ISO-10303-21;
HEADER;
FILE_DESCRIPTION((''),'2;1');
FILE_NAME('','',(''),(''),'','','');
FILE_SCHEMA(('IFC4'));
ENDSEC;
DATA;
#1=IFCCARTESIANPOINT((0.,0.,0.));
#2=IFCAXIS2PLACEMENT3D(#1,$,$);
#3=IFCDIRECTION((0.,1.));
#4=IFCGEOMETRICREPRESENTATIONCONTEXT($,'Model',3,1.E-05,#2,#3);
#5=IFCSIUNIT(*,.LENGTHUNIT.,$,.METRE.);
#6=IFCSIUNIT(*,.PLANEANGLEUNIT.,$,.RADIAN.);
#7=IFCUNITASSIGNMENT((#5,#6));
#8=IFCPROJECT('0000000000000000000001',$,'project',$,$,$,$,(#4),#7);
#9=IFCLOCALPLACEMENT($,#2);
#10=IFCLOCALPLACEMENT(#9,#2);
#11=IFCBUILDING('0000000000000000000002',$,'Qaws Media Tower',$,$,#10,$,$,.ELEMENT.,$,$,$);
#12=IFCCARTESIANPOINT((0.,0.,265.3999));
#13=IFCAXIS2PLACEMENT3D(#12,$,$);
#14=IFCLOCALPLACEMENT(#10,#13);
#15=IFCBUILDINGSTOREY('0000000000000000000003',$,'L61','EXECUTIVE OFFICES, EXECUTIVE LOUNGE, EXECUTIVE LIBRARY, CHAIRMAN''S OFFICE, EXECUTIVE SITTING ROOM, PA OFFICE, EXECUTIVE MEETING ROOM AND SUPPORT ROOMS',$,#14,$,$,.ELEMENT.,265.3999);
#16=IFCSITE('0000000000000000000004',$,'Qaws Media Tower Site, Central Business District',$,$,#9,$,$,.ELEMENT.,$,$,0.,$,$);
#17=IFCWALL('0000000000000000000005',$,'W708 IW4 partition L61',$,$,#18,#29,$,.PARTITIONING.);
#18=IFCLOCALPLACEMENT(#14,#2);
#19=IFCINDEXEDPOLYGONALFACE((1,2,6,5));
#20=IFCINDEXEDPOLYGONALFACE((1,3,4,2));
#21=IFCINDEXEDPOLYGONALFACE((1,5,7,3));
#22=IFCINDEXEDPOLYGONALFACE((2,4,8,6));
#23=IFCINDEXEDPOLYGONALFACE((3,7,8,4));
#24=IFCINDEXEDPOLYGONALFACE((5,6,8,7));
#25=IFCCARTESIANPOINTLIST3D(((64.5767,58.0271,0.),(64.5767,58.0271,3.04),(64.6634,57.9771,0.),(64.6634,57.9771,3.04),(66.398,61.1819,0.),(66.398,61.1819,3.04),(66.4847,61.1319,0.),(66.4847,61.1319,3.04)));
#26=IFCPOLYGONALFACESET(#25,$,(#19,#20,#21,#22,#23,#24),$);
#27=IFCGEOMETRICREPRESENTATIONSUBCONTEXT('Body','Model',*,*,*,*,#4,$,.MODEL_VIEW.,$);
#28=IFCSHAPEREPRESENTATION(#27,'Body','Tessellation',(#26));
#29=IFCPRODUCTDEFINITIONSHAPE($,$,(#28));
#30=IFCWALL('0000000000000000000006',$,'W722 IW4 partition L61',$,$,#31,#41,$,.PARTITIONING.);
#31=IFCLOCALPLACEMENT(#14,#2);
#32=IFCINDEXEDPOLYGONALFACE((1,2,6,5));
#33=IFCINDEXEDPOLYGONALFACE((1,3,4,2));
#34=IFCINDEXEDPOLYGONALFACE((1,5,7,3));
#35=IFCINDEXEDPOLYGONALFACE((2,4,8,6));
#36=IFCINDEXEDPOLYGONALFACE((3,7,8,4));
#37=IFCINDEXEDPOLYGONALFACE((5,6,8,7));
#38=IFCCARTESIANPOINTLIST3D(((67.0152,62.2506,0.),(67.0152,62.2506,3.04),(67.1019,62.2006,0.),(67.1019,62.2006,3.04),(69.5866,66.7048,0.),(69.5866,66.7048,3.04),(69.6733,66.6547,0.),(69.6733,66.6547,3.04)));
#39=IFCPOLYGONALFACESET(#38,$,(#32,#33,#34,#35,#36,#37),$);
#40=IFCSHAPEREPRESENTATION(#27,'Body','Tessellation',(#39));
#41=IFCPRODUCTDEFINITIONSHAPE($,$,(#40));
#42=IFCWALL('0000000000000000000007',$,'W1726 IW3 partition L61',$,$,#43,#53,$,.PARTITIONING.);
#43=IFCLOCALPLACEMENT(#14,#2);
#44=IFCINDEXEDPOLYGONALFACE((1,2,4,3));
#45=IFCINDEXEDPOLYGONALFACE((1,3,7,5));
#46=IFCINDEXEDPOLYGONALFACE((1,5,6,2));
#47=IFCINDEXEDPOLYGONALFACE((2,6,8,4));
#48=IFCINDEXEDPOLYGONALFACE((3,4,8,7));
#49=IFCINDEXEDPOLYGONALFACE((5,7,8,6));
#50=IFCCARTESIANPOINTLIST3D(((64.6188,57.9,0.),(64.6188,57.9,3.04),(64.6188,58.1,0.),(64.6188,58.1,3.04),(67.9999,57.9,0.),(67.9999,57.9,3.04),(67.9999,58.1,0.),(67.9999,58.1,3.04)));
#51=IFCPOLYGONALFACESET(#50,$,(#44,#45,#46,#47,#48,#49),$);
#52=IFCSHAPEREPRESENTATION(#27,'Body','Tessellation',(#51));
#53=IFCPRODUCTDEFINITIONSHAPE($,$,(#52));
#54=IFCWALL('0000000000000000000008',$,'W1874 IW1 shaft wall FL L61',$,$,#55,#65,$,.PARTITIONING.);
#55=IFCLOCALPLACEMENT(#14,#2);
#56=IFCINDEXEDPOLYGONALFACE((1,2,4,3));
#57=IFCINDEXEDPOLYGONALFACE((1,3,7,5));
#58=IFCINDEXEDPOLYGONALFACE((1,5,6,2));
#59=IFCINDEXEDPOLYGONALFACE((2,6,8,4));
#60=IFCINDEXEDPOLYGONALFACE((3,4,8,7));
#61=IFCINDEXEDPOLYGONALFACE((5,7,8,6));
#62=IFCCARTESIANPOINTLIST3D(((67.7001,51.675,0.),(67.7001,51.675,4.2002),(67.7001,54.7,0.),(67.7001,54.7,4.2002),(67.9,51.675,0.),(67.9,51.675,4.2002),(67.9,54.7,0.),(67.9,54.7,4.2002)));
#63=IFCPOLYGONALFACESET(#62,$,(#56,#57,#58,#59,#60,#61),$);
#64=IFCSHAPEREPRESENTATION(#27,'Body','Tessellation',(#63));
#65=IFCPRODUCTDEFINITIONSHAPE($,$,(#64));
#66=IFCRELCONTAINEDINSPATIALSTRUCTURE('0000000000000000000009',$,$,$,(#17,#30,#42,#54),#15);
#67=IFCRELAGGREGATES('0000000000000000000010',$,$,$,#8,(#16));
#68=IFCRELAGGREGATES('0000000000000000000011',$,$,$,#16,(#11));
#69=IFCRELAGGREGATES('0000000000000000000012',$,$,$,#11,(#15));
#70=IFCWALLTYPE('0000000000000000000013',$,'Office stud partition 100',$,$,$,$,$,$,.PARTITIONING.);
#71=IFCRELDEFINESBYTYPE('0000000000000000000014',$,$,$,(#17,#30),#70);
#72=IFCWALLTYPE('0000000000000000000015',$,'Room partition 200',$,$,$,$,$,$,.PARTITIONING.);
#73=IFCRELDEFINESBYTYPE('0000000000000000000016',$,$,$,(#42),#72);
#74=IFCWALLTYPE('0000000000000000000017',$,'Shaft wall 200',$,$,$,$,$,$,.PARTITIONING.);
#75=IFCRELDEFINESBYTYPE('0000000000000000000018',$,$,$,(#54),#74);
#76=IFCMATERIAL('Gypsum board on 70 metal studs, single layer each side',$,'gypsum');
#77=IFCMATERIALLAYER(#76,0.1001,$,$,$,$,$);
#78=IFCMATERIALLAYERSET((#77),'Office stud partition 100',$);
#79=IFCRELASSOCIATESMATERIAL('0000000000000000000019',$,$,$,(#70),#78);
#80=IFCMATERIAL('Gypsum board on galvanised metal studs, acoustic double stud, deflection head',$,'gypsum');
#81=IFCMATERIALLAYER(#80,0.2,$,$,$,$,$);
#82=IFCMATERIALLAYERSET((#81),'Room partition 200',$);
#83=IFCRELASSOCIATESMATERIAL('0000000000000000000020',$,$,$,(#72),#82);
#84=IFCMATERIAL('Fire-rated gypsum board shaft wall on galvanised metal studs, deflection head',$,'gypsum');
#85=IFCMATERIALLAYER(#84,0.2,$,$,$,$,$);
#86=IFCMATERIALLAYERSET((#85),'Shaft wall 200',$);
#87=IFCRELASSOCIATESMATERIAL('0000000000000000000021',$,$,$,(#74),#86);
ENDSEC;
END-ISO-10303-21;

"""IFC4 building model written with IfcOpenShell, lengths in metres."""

from ifc_helpers import new_model, si_unit, direction, frame, frame_2d, origin, place, context, subcontext, project, spatial, rectangle, extrude, material, layer, layer_set, type_object, element, save


model = new_model("IFC4")

# Units and contexts
model_context = context("Model", 3, precision=1e-05, world=origin(), true_north=direction((0.0, 1.0)))
body_context = subcontext(model_context, "Body", "Model", "MODEL_VIEW")
ifc_project = project(units=[si_unit("LENGTHUNIT", "METRE"), si_unit("PLANEANGLEUNIT", "RADIAN")], contexts=[model_context])

# Site, building, storey
site_placement = place(None, origin())
site = spatial("IfcSite", under=ifc_project, at=site_placement, Name="Qaws Media Tower Site, Central Business District", CompositionType="ELEMENT", RefElevation=0.0)
building_placement = place(site_placement, origin())
building = spatial("IfcBuilding", under=site, at=building_placement, Name="Qaws Media Tower", CompositionType="ELEMENT")
storey_placement = place(building_placement, frame((0.0, 0.0, 265.3999)))
storey = spatial("IfcBuildingStorey", under=building, at=storey_placement, Name="L61", Description="EXECUTIVE OFFICES, EXECUTIVE LOUNGE, EXECUTIVE LIBRARY, CHAIRMAN'S OFFICE, EXECUTIVE SITTING ROOM, PA OFFICE, EXECUTIVE MEETING ROOM AND SUPPORT ROOMS", CompositionType="ELEMENT", Elevation=265.3999)

# Shared definitions
ifc_material_1 = material(Name="Gypsum board on 70 metal studs, single layer each side", Category="gypsum")
ifc_layer_1 = layer(ifc_material_1, 0.1001)
ifc_layer_set_1 = layer_set([ifc_layer_1], Name="Office stud partition 100")
wall_type_1 = type_object("IfcWallType", Name="Office stud partition 100", PredefinedType="PARTITIONING", material=ifc_layer_set_1)

# Walls
wall_1_placement = place(storey_placement, frame((64.6201, 58.0022, 0.0), z_axis=(0.0, 0.0, 1.0), x_axis=(0.499974, 0.86604, 0.0)))
element("IfcWall", 1, at=wall_1_placement, inside=storey, type_object=wall_type_1, Name="W708 IW4 partition L61", PredefinedType="PARTITIONING", context=body_context, shape_type="SweptSolid", body=[
    extrude(rectangle(XDim=3.6428, YDim=0.1001, at=frame_2d((1.8213, 0.0))), origin(), (0.0, 0.0, 1.0), 3.04),
])
wall_2_placement = place(storey_placement, frame((67.0586, 62.2256, 0.0), z_axis=(0.0, 0.0, 1.0), x_axis=(0.499958, 0.86605, 0.0)))
element("IfcWall", 2, at=wall_2_placement, inside=storey, type_object=wall_type_1, Name="W722 IW4 partition L61", PredefinedType="PARTITIONING", context=body_context, shape_type="SweptSolid", body=[
    extrude(rectangle(XDim=5.1431, YDim=0.1001, at=frame_2d((2.5715, 0.0))), origin(), (0.0, 0.0, 1.0), 3.04),
])
ifc_material_2 = material(Name="Gypsum board on galvanised metal studs, acoustic double stud, deflection head", Category="gypsum")
ifc_layer_2 = layer(ifc_material_2, 0.2)
ifc_layer_set_2 = layer_set([ifc_layer_2], Name="Room partition 200")
wall_type_2 = type_object("IfcWallType", Name="Room partition 200", PredefinedType="PARTITIONING", material=ifc_layer_set_2)
wall_3_placement = place(storey_placement, frame((64.6189, 58.0, 0.0), z_axis=(0.0, 0.0, 1.0), x_axis=(1.0, 0.0, 0.0)))
element("IfcWall", 3, at=wall_3_placement, inside=storey, type_object=wall_type_2, Name="W1726 IW3 partition L61", PredefinedType="PARTITIONING", context=body_context, shape_type="SweptSolid", body=[
    extrude(rectangle(XDim=3.3811, YDim=0.2, at=frame_2d((1.6904, 0.0))), origin(), (0.0, 0.0, 1.0), 3.04),
])
ifc_material_3 = material(Name="Fire-rated gypsum board shaft wall on galvanised metal studs, deflection head", Category="gypsum")
ifc_layer_3 = layer(ifc_material_3, 0.2)
ifc_layer_set_3 = layer_set([ifc_layer_3], Name="Shaft wall 200")
wall_type_3 = type_object("IfcWallType", Name="Shaft wall 200", PredefinedType="PARTITIONING", material=ifc_layer_set_3)
wall_4_placement = place(storey_placement, frame((67.8, 51.675, 0.0), z_axis=(0.0, 0.0, 1.0), x_axis=(0.0, 1.0, 0.0)))
element("IfcWall", 4, at=wall_4_placement, inside=storey, type_object=wall_type_3, Name="W1874 IW1 shaft wall FL L61", PredefinedType="PARTITIONING", context=body_context, shape_type="SweptSolid", body=[
    extrude(rectangle(XDim=3.0249, YDim=0.2, at=frame_2d((1.5125, 0.0))), origin(), (0.0, 0.0, 1.0), 4.2002),
])

save(model, "model.ifc")
